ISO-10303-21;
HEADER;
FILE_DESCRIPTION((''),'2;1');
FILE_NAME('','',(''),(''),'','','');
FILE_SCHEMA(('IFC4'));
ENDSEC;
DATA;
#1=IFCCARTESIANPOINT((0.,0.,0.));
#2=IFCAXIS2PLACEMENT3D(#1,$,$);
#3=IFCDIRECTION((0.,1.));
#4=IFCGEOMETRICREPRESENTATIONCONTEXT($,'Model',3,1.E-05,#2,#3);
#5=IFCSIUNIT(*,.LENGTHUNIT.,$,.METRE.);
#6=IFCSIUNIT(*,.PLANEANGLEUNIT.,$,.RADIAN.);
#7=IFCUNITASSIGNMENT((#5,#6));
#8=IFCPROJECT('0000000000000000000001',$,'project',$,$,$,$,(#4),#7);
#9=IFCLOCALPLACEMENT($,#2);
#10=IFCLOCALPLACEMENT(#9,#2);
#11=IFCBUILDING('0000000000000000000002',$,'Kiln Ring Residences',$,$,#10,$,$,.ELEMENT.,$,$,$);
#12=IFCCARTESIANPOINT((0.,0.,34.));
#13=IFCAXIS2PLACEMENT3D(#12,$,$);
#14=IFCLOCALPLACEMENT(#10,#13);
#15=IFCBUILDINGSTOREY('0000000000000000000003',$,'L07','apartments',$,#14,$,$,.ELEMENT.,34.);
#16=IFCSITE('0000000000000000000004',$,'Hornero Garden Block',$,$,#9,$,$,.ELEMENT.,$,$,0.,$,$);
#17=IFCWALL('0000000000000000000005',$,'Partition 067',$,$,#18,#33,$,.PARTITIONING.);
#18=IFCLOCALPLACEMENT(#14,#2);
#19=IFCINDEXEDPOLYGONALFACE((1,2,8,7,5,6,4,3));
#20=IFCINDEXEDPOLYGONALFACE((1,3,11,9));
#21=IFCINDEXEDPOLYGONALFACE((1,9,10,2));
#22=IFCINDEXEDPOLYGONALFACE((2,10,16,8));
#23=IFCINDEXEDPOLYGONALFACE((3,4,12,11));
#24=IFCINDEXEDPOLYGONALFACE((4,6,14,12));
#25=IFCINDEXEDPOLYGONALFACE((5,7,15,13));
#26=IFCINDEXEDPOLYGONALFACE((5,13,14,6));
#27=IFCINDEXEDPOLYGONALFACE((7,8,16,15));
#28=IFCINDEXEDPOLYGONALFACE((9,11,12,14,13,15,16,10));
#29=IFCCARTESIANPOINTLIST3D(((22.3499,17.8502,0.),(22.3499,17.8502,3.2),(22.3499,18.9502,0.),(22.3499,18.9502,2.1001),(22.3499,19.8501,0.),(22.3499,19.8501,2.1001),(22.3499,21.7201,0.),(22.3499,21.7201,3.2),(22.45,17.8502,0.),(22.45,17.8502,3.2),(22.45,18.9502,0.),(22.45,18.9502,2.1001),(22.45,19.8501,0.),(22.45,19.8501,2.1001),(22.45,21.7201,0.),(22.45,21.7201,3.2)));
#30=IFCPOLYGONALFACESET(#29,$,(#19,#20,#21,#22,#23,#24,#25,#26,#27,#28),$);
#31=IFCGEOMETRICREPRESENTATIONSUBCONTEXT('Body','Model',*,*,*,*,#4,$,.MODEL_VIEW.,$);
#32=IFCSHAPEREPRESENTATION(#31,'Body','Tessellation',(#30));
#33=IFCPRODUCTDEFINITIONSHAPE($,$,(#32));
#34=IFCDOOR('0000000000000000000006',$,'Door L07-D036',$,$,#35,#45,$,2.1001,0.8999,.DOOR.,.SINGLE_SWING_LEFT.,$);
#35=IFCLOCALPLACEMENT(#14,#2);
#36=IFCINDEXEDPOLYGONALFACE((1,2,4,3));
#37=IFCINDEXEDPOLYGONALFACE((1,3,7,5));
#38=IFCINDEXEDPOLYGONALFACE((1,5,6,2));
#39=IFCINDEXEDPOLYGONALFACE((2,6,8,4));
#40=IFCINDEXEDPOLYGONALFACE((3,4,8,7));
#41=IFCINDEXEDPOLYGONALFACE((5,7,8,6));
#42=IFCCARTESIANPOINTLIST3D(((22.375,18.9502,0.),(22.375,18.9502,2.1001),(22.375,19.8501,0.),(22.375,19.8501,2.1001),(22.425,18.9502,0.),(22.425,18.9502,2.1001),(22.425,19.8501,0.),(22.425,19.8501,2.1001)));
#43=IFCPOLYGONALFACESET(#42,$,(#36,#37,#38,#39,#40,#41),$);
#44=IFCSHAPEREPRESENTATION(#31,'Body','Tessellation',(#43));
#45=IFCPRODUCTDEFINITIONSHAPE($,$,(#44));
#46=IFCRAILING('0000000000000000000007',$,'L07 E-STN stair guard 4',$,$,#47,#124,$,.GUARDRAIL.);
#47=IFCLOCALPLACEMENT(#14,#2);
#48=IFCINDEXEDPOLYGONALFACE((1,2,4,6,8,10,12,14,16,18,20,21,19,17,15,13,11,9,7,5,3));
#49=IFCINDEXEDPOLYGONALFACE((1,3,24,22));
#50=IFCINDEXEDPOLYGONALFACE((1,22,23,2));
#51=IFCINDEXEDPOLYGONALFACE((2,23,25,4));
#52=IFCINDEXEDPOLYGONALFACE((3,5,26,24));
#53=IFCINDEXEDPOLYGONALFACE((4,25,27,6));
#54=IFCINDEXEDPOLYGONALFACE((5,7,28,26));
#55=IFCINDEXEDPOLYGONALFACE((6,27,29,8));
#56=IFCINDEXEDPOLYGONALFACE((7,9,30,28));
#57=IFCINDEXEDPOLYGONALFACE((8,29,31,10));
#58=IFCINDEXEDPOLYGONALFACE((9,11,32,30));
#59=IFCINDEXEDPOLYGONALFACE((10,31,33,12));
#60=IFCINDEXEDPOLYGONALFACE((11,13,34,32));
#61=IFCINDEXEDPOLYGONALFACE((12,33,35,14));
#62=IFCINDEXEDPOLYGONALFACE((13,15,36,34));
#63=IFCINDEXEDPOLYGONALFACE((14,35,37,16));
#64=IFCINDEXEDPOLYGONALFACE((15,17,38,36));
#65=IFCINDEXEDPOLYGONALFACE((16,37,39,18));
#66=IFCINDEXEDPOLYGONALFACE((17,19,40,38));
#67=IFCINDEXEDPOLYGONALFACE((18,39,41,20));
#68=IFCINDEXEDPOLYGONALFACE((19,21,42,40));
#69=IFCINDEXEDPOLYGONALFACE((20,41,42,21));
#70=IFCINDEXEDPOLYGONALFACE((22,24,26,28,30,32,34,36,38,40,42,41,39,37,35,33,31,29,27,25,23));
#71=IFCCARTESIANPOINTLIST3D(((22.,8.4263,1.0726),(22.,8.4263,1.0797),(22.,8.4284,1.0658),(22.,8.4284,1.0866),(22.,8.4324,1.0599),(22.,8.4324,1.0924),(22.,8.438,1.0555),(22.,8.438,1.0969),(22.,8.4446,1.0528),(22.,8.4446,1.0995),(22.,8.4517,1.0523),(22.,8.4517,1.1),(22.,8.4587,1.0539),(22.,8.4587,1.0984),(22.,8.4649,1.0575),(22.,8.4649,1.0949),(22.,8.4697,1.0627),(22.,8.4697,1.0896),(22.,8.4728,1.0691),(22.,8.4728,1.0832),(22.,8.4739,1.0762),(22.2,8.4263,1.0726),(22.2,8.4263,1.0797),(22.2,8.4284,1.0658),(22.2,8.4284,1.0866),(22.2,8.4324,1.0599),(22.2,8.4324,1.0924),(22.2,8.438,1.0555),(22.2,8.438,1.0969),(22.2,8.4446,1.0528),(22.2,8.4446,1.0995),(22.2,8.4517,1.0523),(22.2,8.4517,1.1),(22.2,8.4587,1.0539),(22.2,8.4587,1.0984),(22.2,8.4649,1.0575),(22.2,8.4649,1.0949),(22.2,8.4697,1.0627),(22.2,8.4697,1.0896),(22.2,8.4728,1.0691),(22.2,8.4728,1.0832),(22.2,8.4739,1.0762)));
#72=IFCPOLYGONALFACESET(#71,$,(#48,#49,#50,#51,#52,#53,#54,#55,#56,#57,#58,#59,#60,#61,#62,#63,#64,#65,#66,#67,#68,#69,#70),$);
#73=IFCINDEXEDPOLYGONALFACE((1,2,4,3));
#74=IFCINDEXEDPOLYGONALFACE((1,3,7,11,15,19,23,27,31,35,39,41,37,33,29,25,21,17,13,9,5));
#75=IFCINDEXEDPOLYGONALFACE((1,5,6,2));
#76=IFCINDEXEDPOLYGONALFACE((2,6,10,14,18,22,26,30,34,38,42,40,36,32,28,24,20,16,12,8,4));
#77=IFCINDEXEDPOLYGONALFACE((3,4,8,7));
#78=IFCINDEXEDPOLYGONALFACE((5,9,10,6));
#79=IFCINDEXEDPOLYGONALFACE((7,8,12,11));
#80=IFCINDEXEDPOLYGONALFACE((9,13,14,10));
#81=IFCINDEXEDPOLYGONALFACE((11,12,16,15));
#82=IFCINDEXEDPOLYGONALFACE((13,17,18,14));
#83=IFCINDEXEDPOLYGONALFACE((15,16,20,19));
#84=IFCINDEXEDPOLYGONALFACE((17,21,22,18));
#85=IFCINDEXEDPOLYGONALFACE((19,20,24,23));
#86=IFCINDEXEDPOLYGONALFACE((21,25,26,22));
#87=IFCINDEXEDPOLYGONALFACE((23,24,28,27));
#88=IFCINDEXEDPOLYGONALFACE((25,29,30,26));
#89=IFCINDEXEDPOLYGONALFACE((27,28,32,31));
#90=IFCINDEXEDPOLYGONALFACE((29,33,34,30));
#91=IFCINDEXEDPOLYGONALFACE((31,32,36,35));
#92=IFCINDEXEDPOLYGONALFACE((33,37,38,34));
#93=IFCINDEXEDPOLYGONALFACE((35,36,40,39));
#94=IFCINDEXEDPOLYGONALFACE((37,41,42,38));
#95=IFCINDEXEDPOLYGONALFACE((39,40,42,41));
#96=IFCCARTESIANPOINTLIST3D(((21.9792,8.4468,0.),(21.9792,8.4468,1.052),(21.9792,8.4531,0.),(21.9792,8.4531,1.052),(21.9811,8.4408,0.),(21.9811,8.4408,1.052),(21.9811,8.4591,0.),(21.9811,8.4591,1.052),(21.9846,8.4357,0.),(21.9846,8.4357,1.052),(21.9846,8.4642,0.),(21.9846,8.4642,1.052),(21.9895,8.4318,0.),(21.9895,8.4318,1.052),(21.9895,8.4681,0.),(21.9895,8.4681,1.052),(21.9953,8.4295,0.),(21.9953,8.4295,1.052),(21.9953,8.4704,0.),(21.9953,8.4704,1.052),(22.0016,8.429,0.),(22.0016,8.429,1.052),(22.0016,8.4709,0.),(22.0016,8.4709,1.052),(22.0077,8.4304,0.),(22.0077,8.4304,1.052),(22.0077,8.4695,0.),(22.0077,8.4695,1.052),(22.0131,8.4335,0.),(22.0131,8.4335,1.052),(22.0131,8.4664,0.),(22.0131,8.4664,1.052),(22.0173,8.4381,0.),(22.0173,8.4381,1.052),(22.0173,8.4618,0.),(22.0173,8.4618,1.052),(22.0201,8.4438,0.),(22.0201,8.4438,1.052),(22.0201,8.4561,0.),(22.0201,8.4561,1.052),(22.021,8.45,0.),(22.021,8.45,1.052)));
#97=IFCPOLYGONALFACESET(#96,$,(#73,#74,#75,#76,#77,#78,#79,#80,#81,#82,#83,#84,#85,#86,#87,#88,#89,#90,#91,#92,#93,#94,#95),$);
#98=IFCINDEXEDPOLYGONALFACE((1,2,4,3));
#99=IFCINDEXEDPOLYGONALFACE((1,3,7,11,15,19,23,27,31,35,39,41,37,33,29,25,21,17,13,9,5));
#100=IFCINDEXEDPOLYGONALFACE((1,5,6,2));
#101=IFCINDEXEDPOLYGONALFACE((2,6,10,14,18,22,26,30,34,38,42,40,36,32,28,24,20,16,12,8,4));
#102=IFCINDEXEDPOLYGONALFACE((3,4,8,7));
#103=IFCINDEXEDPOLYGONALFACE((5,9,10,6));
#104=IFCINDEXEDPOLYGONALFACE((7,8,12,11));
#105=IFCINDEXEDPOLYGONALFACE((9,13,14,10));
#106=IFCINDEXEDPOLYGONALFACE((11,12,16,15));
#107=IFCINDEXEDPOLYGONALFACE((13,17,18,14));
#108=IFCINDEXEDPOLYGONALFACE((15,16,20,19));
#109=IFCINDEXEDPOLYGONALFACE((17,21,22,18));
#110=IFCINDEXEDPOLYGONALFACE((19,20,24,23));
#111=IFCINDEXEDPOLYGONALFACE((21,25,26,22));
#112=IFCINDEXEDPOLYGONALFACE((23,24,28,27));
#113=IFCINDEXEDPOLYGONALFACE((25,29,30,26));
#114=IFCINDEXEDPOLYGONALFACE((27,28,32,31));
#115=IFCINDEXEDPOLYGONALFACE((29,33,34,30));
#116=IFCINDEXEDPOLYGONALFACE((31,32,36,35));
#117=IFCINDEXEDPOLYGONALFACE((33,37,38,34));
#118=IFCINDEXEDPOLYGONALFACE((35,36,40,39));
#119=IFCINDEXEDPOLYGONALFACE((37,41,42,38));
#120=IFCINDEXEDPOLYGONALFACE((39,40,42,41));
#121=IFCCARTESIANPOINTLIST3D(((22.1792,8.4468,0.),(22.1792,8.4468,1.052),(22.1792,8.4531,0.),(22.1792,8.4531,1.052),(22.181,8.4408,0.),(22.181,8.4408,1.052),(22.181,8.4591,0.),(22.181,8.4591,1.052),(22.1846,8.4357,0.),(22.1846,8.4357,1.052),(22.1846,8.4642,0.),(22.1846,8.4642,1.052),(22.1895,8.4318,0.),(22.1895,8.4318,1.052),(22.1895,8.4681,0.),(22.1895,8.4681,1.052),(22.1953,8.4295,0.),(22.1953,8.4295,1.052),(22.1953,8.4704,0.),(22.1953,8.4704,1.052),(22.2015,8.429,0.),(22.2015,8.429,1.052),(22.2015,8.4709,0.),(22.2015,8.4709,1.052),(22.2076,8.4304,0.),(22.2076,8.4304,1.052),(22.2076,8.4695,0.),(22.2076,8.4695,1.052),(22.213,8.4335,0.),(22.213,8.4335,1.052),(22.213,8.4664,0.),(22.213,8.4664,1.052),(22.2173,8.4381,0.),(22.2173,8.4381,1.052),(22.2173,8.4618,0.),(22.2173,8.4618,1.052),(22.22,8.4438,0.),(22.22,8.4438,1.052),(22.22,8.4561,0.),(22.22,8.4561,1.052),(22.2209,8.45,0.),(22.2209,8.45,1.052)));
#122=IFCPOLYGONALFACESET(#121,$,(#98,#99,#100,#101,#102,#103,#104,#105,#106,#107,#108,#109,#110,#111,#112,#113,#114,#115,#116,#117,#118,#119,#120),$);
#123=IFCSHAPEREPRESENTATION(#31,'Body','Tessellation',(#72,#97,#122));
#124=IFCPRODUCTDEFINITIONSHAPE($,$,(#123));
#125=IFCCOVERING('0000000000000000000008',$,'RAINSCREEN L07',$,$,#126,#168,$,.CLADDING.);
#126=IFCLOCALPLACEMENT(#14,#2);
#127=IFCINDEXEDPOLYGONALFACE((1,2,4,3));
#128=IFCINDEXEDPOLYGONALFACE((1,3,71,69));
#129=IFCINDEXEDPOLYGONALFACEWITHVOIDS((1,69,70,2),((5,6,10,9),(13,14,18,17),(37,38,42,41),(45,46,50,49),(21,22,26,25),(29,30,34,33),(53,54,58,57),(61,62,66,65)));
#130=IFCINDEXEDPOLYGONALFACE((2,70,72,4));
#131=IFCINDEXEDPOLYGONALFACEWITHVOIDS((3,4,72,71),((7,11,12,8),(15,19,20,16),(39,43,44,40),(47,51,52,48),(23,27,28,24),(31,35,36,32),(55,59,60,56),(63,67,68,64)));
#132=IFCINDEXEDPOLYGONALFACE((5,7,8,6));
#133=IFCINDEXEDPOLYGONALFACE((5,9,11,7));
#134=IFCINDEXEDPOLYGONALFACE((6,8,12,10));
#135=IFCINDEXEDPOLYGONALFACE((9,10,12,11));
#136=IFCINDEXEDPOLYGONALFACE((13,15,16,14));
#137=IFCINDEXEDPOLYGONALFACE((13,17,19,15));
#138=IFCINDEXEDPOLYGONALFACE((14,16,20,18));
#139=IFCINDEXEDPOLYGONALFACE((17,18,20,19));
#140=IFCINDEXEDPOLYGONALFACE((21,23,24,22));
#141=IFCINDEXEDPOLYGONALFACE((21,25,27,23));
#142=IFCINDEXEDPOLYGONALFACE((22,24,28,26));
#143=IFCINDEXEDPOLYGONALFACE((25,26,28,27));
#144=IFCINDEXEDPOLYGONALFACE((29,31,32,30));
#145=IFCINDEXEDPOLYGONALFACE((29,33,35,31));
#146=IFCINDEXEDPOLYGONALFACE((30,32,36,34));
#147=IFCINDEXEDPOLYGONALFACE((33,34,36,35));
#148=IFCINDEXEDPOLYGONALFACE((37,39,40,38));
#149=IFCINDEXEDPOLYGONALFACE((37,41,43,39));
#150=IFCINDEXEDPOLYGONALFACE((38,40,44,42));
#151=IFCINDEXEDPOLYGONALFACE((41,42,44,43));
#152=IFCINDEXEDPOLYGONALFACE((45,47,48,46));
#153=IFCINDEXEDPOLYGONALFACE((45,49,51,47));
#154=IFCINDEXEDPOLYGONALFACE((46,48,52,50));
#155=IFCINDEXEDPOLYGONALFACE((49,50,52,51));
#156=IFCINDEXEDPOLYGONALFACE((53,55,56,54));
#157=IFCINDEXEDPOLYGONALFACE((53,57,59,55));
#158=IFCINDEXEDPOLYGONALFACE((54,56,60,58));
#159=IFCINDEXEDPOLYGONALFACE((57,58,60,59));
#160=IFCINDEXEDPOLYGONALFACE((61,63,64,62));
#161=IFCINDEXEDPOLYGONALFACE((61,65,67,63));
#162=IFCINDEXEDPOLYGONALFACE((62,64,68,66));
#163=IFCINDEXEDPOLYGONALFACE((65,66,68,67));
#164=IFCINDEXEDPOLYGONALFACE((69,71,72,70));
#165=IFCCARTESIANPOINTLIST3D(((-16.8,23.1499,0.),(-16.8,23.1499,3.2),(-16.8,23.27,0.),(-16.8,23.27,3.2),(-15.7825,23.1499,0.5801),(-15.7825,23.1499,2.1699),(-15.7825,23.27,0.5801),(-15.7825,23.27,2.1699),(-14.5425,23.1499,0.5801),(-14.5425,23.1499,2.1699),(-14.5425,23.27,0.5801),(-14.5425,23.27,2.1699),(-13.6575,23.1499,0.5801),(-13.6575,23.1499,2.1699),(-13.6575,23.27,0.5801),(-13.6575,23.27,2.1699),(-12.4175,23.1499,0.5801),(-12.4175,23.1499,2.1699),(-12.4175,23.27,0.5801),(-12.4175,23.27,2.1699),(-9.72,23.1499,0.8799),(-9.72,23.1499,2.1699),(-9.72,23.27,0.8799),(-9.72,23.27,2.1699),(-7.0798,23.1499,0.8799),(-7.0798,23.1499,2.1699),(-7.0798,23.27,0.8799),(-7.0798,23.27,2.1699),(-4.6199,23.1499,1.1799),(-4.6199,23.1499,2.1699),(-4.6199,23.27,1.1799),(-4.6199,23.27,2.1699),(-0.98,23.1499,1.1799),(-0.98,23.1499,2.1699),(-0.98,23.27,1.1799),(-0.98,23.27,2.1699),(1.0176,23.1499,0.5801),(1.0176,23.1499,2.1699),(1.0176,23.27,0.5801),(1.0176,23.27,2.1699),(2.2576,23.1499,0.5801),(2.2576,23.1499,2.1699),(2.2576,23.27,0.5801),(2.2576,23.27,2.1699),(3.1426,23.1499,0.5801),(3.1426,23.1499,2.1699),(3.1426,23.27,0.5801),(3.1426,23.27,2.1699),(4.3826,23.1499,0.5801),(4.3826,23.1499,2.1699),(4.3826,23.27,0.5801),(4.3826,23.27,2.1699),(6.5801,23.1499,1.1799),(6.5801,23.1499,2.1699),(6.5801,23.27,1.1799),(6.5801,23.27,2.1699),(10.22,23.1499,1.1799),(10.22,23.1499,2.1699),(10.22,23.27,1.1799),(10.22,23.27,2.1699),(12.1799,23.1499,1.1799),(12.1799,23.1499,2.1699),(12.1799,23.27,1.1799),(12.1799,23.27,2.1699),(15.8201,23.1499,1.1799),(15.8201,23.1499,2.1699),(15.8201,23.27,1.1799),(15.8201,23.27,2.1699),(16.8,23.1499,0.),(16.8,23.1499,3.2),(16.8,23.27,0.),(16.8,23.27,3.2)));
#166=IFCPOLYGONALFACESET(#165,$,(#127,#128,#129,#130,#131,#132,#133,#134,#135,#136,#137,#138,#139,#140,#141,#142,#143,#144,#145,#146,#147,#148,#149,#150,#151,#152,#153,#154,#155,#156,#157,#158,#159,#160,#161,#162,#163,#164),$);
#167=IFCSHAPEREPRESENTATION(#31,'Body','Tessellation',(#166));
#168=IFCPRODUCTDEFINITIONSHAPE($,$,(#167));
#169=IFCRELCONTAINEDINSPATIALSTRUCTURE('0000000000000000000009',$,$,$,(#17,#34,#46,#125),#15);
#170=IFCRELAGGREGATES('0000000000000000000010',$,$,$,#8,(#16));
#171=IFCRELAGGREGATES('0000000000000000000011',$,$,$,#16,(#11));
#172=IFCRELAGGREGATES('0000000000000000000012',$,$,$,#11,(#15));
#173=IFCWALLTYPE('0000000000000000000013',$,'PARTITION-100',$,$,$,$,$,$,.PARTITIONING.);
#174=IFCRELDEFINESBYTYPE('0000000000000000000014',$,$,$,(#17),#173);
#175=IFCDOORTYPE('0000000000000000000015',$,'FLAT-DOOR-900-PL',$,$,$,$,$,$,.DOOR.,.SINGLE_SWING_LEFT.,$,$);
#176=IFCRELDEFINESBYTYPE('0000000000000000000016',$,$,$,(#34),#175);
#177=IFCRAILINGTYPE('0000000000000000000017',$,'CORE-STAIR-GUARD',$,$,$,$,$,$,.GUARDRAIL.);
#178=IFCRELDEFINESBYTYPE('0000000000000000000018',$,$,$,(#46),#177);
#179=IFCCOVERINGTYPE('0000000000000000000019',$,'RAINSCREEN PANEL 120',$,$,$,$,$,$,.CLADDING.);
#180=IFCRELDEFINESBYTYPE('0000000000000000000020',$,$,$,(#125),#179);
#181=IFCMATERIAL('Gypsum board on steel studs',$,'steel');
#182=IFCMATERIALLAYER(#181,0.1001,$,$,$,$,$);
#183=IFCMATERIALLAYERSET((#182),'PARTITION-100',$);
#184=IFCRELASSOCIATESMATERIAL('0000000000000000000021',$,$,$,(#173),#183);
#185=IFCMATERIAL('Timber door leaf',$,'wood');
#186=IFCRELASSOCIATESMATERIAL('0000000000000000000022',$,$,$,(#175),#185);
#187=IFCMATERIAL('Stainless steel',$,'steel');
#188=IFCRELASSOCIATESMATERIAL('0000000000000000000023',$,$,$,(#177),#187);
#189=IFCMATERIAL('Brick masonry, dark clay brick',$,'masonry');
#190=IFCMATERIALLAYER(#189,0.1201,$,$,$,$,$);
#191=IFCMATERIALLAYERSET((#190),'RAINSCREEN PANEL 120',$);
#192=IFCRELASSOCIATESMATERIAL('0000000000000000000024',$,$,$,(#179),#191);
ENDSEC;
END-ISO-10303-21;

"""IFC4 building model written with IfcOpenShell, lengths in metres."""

from ifc_helpers import new_model, si_unit, direction, frame, frame_2d, origin, origin_2d, place, context, subcontext, project, spatial, polyline, rectangle, circle, outline, extrude, material, layer, layer_set, type_object, element, fill, save


model = new_model("IFC4")

# Units and contexts
model_context = context("Model", 3, precision=1e-05, world=origin(), true_north=direction((0.0, 1.0)))
body_context = subcontext(model_context, "Body", "Model", "MODEL_VIEW")
ifc_project = project(units=[si_unit("LENGTHUNIT", "METRE"), si_unit("PLANEANGLEUNIT", "RADIAN")], contexts=[model_context])

# Site, building, storey
site_placement = place(None, origin())
site = spatial("IfcSite", under=ifc_project, at=site_placement, Name="Hornero Garden Block", CompositionType="ELEMENT", RefElevation=0.0)
building_placement = place(site_placement, origin())
building = spatial("IfcBuilding", under=site, at=building_placement, Name="Kiln Ring Residences", CompositionType="ELEMENT")
storey_placement = place(building_placement, frame((0.0, 0.0, 34.0)))
storey = spatial("IfcBuildingStorey", under=building, at=storey_placement, Name="L07", Description="apartments", CompositionType="ELEMENT", Elevation=34.0)

# Shared definitions
ifc_material_1 = material(Name="Gypsum board on steel studs", Category="steel")
ifc_layer_1 = layer(ifc_material_1, 0.1001)
ifc_layer_set_1 = layer_set([ifc_layer_1], Name="PARTITION-100")
wall_type_1 = type_object("IfcWallType", Name="PARTITION-100", PredefinedType="PARTITIONING", material=ifc_layer_set_1)

# Wall, opening, door
wall_1_placement = place(storey_placement, frame((22.3999, 17.8501, 0.0), z_axis=(0.0, 0.0, 1.0), x_axis=(0.0, 1.0, 0.0)))
wall_1 = element("IfcWall", 1, at=wall_1_placement, inside=storey, type_object=wall_type_1, Name="Partition 067", PredefinedType="PARTITIONING", context=body_context, shape_type="SweptSolid", body=[
    extrude(rectangle(XDim=3.8699, YDim=0.1001, at=frame_2d((1.9351, 0.0))), origin(), (0.0, 0.0, 1.0), 3.2),
])
opening_1_placement = place(wall_1_placement, frame((1.1001, 0.0, 0.0)))
opening_1 = element("IfcOpeningElement", 2, at=opening_1_placement, cuts=wall_1, PredefinedType="OPENING", context=body_context, shape_type="SweptSolid", body=[
    extrude(rectangle(XDim=0.8999, YDim=2.1001, at=frame_2d((0.45, 1.05))), frame((0.0, 0.0601, 0.0), z_axis=(0.0, -1.0, 0.0), x_axis=(1.0, 0.0, 0.0)), (0.0, 0.0, 1.0), 0.1201),
])
ifc_material_2 = material(Name="Timber door leaf", Category="wood")
door_type_1 = type_object("IfcDoorType", Name="FLAT-DOOR-900-PL", OperationType="SINGLE_SWING_LEFT", PredefinedType="DOOR", material=ifc_material_2)
door_1_placement = place(opening_1_placement, origin())
door_1 = element("IfcDoor", 3, at=door_1_placement, inside=storey, type_object=door_type_1, Name="Door L07-D036", OperationType="SINGLE_SWING_LEFT", OverallHeight=2.1001, OverallWidth=0.8999, PredefinedType="DOOR", context=body_context, shape_type="SweptSolid", body=[
    extrude(rectangle(XDim=0.8999, YDim=2.1001, at=frame_2d((0.45, 1.05))), frame((0.0, 0.0249, 0.0), z_axis=(0.0, -1.0, 0.0), x_axis=(1.0, 0.0, 0.0)), (0.0, 0.0, 1.0), 0.05),
])
fill(opening_1, door_1)

# Railing
ifc_material_3 = material(Name="Stainless steel", Category="steel")
railing_type = type_object("IfcRailingType", Name="CORE-STAIR-GUARD", PredefinedType="GUARDRAIL", material=ifc_material_3)
railing_placement = place(storey_placement, frame((22.0, 8.45, 0.0)))
element("IfcRailing", 4, at=railing_placement, inside=storey, type_object=railing_type, Name="L07 E-STN stair guard 4", PredefinedType="GUARDRAIL", context=body_context, shape_type="SweptSolid", body=[
    extrude(circle(Radius=0.0239, at=origin_2d()), frame((0.0, 0.0, 1.0762), z_axis=(1.0, 0.0, 0.0), x_axis=(0.0, 1.0, 0.0)), (0.0, 0.0, 1.0), 0.2),
    extrude(circle(Radius=0.021, at=origin_2d()), origin(), (0.0, 0.0, 1.0), 1.052),
    extrude(circle(Radius=0.021, at=origin_2d()), frame((0.2, 0.0, 0.0)), (0.0, 0.0, 1.0), 1.052),
])

# Covering
ifc_material_4 = material(Name="Brick masonry, dark clay brick", Category="masonry")
ifc_layer_2 = layer(ifc_material_4, 0.1201)
ifc_layer_set_2 = layer_set([ifc_layer_2], Name="RAINSCREEN PANEL 120")
covering_type = type_object("IfcCoveringType", Name="RAINSCREEN PANEL 120", PredefinedType="CLADDING", material=ifc_layer_set_2)
covering_placement = place(storey_placement, frame((16.8, 23.21, 0.0), z_axis=(0.0, 0.0, 1.0), x_axis=(-1.0, 0.0, 0.0)))
element("IfcCovering", 5, at=covering_placement, inside=storey, type_object=covering_type, Name="RAINSCREEN L07", PredefinedType="CLADDING", context=body_context, shape_type="SweptSolid", body=[
    extrude(outline(polyline([(0.0, 0.0), (33.6001, 0.0), (33.6001, 3.2), (0.0, 3.2), (0.0, 0.0)]), holes=[polyline([(12.4175, 0.5801), (13.6575, 0.5801), (13.6575, 2.1699), (12.4175, 2.1699), (12.4175, 0.5801)]), polyline([(14.5425, 0.5801), (15.7825, 0.5801), (15.7825, 2.1699), (14.5425, 2.1699), (14.5425, 0.5801)]), polyline([(29.2175, 0.5801), (30.4575, 0.5801), (30.4575, 2.1699), (29.2175, 2.1699), (29.2175, 0.5801)]), polyline([(31.3425, 0.5801), (32.5825, 0.5801), (32.5825, 2.1699), (31.3425, 2.1699), (31.3425, 0.5801)]), polyline([(23.8799, 0.8799), (26.52, 0.8799), (26.52, 2.1699), (23.8799, 2.1699), (23.8799, 0.8799)]), polyline([(0.98, 1.1799), (4.6201, 1.1799), (4.6201, 2.1699), (0.98, 2.1699), (0.98, 1.1799)]), polyline([(6.5801, 1.1799), (10.22, 1.1799), (10.22, 2.1699), (6.5801, 2.1699), (6.5801, 1.1799)]), polyline([(17.78, 1.1799), (21.4199, 1.1799), (21.4199, 2.1699), (17.78, 2.1699), (17.78, 1.1799)])]), frame((0.0, 0.0601, 0.0), z_axis=(0.0, -1.0, 0.0), x_axis=(1.0, 0.0, 0.0)), (0.0, 0.0, 1.0), 0.1201),
])

save(model, "model.ifc")
